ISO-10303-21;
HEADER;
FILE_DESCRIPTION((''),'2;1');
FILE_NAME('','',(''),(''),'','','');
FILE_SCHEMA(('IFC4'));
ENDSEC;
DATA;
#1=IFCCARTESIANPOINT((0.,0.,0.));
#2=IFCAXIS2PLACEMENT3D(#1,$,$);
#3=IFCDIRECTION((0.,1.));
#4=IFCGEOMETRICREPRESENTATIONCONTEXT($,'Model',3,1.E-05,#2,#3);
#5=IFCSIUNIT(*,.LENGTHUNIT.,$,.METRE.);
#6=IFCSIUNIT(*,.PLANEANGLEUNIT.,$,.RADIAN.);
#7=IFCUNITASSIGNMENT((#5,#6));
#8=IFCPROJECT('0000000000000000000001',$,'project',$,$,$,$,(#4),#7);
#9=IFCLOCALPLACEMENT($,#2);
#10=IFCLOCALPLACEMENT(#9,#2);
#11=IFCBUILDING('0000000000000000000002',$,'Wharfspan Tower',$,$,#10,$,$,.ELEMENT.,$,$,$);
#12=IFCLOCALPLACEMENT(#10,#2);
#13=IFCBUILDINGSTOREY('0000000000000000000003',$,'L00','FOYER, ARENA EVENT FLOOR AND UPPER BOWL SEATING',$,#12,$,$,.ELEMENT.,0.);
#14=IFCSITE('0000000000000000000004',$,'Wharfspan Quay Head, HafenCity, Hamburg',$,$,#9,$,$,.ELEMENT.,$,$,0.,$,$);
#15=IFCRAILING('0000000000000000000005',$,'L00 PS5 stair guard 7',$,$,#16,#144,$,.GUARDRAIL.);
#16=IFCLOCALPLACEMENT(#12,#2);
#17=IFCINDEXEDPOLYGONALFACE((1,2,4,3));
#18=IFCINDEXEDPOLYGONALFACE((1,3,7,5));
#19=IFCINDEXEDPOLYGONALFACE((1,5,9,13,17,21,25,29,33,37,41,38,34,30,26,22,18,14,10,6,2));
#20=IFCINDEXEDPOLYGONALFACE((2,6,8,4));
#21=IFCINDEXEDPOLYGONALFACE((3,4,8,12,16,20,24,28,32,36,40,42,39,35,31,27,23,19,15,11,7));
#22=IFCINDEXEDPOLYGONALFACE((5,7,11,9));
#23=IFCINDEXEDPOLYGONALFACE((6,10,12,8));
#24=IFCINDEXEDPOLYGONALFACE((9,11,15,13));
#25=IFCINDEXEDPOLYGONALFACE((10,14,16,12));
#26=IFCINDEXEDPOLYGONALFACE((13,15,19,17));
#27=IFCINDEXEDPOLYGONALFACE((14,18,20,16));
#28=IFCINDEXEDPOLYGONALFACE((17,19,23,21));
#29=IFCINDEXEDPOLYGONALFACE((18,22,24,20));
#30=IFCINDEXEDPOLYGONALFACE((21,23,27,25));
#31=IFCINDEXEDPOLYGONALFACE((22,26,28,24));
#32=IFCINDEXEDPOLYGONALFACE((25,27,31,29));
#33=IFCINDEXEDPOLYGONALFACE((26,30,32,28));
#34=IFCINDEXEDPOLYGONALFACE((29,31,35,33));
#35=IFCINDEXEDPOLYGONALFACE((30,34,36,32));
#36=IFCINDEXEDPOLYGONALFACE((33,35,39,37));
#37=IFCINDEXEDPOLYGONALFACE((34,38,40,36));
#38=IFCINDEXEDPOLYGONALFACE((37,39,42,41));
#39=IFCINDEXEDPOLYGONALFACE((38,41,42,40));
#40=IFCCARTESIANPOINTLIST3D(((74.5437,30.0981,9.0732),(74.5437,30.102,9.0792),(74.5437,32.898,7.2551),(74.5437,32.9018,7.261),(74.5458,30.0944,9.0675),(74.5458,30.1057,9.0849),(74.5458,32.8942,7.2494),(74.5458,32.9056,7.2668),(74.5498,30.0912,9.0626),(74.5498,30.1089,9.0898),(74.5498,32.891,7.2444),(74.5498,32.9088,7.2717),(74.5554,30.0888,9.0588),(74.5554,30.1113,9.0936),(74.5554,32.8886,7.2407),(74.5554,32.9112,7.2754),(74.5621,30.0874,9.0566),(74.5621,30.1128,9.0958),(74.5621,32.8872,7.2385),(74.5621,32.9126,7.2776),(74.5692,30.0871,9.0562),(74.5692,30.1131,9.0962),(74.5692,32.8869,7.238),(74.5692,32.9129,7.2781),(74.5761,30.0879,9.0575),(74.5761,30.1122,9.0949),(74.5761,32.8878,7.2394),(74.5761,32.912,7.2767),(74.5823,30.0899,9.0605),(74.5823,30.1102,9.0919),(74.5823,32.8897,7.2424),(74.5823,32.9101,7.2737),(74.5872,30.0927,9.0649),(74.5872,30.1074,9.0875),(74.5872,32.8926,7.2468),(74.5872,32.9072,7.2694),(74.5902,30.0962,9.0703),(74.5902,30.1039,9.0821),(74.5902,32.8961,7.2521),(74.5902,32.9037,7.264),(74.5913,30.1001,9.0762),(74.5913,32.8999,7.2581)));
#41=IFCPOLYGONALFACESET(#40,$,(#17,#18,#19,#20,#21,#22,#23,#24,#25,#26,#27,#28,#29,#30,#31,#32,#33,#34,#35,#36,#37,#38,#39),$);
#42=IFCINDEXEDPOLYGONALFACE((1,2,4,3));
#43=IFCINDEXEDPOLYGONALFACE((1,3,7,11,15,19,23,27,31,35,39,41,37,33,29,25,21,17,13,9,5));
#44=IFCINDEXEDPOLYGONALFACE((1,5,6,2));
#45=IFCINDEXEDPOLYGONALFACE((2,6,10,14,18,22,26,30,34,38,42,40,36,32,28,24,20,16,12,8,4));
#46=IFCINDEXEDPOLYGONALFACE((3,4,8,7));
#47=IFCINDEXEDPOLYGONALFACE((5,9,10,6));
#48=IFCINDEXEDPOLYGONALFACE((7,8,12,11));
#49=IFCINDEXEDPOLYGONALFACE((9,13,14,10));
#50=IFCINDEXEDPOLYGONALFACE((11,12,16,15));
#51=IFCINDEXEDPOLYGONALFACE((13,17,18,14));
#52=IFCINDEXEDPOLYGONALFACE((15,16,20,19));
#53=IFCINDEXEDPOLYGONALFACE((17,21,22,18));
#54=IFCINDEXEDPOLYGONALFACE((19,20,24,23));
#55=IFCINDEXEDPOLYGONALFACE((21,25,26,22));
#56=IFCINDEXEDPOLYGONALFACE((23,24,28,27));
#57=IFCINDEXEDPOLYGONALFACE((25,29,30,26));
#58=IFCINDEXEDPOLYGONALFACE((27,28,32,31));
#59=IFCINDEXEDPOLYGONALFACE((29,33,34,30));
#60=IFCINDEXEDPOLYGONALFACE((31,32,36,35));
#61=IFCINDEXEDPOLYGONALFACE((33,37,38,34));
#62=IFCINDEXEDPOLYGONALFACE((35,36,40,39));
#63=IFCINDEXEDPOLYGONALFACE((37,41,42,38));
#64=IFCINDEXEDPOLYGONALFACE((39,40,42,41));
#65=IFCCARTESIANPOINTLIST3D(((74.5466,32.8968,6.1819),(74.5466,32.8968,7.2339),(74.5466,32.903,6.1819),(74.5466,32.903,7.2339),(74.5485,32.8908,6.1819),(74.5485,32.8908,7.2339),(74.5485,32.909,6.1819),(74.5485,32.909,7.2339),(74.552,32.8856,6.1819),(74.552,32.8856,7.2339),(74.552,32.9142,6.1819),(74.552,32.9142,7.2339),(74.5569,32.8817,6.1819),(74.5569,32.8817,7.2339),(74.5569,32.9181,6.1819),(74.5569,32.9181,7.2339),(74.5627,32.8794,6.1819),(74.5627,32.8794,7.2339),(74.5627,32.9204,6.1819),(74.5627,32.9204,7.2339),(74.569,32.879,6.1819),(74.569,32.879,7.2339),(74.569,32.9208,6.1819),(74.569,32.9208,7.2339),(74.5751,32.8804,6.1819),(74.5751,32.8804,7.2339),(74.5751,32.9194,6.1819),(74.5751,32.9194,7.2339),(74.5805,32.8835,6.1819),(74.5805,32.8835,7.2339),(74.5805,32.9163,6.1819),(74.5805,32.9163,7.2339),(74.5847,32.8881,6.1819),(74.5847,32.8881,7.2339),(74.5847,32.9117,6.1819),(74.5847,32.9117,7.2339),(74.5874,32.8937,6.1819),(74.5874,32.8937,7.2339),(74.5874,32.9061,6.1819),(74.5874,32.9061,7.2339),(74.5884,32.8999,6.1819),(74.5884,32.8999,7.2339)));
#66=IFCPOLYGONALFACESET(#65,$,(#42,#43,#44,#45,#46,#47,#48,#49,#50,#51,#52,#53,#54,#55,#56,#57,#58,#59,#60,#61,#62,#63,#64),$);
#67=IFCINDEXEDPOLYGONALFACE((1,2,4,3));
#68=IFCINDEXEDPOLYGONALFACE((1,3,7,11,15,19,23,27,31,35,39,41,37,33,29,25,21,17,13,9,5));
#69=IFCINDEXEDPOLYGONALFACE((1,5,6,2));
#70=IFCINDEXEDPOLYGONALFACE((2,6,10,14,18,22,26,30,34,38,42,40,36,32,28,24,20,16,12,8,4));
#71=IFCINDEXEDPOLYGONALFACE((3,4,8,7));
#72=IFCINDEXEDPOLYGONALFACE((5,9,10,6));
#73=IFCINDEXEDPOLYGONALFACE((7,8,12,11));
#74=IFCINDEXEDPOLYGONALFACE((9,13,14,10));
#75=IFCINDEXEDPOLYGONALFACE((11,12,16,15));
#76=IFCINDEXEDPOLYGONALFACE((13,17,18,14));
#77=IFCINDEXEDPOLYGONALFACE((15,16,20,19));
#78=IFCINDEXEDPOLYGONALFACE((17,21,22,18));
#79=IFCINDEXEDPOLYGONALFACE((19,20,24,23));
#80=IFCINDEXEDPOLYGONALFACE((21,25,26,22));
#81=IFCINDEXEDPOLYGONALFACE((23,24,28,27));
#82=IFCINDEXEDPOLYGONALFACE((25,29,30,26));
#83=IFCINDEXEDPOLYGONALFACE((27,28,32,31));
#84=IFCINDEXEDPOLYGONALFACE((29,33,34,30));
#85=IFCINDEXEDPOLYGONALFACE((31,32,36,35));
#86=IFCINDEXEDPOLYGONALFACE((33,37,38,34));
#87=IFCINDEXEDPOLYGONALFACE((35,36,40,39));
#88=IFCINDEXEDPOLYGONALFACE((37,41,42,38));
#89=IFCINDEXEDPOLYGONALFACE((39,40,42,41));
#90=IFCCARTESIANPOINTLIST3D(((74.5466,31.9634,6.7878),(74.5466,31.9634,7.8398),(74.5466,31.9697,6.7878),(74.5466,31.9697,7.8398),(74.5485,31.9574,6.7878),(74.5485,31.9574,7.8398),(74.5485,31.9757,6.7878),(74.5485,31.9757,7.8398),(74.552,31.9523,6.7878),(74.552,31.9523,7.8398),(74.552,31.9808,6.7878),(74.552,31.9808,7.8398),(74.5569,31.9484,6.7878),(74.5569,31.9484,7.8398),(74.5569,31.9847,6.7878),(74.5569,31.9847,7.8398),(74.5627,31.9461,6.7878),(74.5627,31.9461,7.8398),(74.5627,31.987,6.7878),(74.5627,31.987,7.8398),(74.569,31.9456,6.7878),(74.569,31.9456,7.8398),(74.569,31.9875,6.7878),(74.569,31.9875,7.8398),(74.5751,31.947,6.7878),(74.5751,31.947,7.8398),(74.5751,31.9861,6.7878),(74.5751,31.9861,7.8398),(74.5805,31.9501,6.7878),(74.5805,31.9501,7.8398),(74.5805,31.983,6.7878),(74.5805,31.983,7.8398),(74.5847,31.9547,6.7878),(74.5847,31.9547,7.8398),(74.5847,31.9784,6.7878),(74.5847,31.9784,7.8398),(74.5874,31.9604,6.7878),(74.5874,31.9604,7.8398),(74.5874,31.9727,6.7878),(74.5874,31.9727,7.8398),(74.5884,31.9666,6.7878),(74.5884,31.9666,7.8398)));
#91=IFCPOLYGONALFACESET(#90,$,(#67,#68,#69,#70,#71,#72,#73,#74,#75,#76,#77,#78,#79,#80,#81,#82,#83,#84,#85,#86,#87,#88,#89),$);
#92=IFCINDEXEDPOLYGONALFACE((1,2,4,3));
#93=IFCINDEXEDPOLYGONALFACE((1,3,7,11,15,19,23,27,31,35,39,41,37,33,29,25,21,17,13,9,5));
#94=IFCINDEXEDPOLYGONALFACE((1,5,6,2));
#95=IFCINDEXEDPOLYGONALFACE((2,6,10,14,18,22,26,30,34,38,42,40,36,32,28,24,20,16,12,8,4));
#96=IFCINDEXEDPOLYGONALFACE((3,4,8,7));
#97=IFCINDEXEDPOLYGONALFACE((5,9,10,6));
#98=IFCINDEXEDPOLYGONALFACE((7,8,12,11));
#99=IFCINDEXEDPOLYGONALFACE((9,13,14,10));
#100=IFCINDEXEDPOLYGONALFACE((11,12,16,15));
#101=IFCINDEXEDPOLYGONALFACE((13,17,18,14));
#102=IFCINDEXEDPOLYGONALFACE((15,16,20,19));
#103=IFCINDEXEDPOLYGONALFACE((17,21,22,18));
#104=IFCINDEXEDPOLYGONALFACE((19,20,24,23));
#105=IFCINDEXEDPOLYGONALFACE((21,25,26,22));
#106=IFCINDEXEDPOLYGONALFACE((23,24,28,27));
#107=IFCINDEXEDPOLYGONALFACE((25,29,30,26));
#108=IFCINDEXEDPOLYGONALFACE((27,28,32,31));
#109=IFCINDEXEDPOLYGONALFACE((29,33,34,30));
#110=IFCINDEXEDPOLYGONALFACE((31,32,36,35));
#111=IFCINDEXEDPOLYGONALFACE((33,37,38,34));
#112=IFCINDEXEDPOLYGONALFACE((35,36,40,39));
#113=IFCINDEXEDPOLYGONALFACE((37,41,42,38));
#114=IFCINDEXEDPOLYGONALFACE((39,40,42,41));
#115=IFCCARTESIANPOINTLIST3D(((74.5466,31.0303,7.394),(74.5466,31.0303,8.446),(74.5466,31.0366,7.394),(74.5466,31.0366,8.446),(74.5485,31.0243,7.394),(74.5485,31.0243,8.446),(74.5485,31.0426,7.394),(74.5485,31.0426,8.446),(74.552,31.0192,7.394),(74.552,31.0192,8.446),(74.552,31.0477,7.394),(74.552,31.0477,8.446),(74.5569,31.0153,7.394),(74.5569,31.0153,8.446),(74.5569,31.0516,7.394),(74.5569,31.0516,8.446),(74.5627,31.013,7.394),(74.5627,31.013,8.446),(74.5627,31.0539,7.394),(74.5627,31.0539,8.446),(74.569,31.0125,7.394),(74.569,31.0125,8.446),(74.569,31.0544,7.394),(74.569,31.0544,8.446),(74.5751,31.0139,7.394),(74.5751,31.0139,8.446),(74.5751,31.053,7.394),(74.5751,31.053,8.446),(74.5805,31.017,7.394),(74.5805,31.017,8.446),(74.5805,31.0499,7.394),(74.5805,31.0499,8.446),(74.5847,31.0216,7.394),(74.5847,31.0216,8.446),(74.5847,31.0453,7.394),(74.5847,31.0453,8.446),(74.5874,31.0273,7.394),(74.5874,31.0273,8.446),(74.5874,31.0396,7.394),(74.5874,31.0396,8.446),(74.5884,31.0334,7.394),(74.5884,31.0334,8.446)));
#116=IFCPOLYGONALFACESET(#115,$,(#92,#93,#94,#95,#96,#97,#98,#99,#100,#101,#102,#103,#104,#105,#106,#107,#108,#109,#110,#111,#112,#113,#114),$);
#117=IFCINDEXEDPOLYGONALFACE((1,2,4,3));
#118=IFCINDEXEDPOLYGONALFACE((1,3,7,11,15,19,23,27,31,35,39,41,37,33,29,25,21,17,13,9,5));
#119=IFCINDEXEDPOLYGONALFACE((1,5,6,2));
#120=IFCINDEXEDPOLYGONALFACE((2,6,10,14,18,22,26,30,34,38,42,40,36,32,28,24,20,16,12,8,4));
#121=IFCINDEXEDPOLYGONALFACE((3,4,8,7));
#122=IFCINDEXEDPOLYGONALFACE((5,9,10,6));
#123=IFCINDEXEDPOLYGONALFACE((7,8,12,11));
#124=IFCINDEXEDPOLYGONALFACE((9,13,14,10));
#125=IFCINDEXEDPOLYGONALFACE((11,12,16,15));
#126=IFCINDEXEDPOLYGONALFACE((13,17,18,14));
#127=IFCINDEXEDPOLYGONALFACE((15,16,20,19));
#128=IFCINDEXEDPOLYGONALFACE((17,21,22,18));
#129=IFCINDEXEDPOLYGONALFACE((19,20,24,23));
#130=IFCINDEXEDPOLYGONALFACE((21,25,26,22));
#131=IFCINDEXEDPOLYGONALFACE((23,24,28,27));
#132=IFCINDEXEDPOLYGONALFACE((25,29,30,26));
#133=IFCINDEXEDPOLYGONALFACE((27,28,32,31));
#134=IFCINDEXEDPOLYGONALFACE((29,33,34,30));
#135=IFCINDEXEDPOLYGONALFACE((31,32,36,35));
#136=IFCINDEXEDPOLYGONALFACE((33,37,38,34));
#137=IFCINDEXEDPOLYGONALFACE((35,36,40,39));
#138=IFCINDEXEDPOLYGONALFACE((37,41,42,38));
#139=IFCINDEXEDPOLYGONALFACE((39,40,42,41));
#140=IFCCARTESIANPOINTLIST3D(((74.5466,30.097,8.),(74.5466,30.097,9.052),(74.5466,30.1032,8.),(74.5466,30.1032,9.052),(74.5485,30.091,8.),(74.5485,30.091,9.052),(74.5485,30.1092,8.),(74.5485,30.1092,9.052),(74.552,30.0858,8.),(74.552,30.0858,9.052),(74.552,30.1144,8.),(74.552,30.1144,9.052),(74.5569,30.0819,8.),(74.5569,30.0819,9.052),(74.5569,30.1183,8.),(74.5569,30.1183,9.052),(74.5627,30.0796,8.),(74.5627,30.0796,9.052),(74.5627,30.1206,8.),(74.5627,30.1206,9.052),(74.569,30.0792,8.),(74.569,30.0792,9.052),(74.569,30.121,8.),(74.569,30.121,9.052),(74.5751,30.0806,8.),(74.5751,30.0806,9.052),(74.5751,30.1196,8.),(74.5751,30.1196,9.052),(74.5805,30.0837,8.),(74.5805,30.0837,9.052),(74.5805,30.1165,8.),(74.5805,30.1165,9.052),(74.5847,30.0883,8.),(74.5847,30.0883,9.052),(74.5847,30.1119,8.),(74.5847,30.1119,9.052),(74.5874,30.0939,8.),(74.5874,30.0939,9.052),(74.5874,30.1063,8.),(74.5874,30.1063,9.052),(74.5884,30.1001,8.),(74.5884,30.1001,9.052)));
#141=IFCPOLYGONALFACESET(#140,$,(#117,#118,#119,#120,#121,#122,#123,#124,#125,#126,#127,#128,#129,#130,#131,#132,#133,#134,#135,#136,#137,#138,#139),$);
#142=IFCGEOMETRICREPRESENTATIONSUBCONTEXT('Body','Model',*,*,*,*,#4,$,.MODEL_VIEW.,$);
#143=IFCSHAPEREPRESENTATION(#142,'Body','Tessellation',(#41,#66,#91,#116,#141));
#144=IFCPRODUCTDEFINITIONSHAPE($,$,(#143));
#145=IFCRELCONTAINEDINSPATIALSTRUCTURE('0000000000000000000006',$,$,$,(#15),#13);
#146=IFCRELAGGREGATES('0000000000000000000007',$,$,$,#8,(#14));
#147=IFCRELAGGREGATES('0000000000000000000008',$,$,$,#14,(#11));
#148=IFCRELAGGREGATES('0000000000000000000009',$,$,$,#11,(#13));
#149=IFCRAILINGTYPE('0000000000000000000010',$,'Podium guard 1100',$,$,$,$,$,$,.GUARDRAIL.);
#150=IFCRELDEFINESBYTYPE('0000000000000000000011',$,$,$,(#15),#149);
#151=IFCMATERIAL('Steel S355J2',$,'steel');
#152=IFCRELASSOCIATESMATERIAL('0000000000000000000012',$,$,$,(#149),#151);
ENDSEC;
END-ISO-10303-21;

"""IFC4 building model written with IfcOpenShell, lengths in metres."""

from ifc_helpers import new_model, si_unit, direction, frame, origin, origin_2d, place, context, subcontext, project, spatial, circle, extrude, material, type_object, element, save


model = new_model("IFC4")

# Units and contexts
model_context = context("Model", 3, precision=1e-05, world=origin(), true_north=direction((0.0, 1.0)))
body_context = subcontext(model_context, "Body", "Model", "MODEL_VIEW")
ifc_project = project(units=[si_unit("LENGTHUNIT", "METRE"), si_unit("PLANEANGLEUNIT", "RADIAN")], contexts=[model_context])

# Site, building, storey
site_placement = place(None, origin())
site = spatial("IfcSite", under=ifc_project, at=site_placement, Name="Wharfspan Quay Head, HafenCity, Hamburg", CompositionType="ELEMENT", RefElevation=0.0)
building_placement = place(site_placement, origin())
building = spatial("IfcBuilding", under=site, at=building_placement, Name="Wharfspan Tower", CompositionType="ELEMENT")
storey_placement = place(building_placement, origin())
storey = spatial("IfcBuildingStorey", under=building, at=storey_placement, Name="L00", Description="FOYER, ARENA EVENT FLOOR AND UPPER BOWL SEATING", CompositionType="ELEMENT", Elevation=0.0)

# Shared definitions
ifc_material_1 = material(Name="Steel S355J2", Category="steel")

# Railing
railing_type_1 = type_object("IfcRailingType", Name="Podium guard 1100", PredefinedType="GUARDRAIL", material=ifc_material_1)
railing_1_placement = place(storey_placement, frame((74.5674, 32.8999, 6.1819)))
element("IfcRailing", 1, at=railing_1_placement, inside=storey, type_object=railing_type_1, Name="L00 PS5 stair guard 7", PredefinedType="GUARDRAIL", context=body_context, shape_type="SweptSolid", body=[
    extrude(circle(Radius=0.0239, at=origin_2d()), frame((0.0, 0.0, 1.0762), z_axis=(0.0, -0.838684, 0.544618), x_axis=(1.0, 0.0, 0.0)), (0.0, 0.0, 1.0), 3.3384),
    extrude(circle(Radius=0.021, at=origin_2d()), origin(), (0.0, 0.0, 1.0), 1.052),
    extrude(circle(Radius=0.021, at=origin_2d()), frame((0.0, -0.9334, 0.606)), (0.0, 0.0, 1.0), 1.052),
    extrude(circle(Radius=0.021, at=origin_2d()), frame((0.0, -1.8665, 1.2122)), (0.0, 0.0, 1.0), 1.052),
    extrude(circle(Radius=0.021, at=origin_2d()), frame((0.0, -2.7998, 1.8181)), (0.0, 0.0, 1.0), 1.052),
])

save(model, "model.ifc")
